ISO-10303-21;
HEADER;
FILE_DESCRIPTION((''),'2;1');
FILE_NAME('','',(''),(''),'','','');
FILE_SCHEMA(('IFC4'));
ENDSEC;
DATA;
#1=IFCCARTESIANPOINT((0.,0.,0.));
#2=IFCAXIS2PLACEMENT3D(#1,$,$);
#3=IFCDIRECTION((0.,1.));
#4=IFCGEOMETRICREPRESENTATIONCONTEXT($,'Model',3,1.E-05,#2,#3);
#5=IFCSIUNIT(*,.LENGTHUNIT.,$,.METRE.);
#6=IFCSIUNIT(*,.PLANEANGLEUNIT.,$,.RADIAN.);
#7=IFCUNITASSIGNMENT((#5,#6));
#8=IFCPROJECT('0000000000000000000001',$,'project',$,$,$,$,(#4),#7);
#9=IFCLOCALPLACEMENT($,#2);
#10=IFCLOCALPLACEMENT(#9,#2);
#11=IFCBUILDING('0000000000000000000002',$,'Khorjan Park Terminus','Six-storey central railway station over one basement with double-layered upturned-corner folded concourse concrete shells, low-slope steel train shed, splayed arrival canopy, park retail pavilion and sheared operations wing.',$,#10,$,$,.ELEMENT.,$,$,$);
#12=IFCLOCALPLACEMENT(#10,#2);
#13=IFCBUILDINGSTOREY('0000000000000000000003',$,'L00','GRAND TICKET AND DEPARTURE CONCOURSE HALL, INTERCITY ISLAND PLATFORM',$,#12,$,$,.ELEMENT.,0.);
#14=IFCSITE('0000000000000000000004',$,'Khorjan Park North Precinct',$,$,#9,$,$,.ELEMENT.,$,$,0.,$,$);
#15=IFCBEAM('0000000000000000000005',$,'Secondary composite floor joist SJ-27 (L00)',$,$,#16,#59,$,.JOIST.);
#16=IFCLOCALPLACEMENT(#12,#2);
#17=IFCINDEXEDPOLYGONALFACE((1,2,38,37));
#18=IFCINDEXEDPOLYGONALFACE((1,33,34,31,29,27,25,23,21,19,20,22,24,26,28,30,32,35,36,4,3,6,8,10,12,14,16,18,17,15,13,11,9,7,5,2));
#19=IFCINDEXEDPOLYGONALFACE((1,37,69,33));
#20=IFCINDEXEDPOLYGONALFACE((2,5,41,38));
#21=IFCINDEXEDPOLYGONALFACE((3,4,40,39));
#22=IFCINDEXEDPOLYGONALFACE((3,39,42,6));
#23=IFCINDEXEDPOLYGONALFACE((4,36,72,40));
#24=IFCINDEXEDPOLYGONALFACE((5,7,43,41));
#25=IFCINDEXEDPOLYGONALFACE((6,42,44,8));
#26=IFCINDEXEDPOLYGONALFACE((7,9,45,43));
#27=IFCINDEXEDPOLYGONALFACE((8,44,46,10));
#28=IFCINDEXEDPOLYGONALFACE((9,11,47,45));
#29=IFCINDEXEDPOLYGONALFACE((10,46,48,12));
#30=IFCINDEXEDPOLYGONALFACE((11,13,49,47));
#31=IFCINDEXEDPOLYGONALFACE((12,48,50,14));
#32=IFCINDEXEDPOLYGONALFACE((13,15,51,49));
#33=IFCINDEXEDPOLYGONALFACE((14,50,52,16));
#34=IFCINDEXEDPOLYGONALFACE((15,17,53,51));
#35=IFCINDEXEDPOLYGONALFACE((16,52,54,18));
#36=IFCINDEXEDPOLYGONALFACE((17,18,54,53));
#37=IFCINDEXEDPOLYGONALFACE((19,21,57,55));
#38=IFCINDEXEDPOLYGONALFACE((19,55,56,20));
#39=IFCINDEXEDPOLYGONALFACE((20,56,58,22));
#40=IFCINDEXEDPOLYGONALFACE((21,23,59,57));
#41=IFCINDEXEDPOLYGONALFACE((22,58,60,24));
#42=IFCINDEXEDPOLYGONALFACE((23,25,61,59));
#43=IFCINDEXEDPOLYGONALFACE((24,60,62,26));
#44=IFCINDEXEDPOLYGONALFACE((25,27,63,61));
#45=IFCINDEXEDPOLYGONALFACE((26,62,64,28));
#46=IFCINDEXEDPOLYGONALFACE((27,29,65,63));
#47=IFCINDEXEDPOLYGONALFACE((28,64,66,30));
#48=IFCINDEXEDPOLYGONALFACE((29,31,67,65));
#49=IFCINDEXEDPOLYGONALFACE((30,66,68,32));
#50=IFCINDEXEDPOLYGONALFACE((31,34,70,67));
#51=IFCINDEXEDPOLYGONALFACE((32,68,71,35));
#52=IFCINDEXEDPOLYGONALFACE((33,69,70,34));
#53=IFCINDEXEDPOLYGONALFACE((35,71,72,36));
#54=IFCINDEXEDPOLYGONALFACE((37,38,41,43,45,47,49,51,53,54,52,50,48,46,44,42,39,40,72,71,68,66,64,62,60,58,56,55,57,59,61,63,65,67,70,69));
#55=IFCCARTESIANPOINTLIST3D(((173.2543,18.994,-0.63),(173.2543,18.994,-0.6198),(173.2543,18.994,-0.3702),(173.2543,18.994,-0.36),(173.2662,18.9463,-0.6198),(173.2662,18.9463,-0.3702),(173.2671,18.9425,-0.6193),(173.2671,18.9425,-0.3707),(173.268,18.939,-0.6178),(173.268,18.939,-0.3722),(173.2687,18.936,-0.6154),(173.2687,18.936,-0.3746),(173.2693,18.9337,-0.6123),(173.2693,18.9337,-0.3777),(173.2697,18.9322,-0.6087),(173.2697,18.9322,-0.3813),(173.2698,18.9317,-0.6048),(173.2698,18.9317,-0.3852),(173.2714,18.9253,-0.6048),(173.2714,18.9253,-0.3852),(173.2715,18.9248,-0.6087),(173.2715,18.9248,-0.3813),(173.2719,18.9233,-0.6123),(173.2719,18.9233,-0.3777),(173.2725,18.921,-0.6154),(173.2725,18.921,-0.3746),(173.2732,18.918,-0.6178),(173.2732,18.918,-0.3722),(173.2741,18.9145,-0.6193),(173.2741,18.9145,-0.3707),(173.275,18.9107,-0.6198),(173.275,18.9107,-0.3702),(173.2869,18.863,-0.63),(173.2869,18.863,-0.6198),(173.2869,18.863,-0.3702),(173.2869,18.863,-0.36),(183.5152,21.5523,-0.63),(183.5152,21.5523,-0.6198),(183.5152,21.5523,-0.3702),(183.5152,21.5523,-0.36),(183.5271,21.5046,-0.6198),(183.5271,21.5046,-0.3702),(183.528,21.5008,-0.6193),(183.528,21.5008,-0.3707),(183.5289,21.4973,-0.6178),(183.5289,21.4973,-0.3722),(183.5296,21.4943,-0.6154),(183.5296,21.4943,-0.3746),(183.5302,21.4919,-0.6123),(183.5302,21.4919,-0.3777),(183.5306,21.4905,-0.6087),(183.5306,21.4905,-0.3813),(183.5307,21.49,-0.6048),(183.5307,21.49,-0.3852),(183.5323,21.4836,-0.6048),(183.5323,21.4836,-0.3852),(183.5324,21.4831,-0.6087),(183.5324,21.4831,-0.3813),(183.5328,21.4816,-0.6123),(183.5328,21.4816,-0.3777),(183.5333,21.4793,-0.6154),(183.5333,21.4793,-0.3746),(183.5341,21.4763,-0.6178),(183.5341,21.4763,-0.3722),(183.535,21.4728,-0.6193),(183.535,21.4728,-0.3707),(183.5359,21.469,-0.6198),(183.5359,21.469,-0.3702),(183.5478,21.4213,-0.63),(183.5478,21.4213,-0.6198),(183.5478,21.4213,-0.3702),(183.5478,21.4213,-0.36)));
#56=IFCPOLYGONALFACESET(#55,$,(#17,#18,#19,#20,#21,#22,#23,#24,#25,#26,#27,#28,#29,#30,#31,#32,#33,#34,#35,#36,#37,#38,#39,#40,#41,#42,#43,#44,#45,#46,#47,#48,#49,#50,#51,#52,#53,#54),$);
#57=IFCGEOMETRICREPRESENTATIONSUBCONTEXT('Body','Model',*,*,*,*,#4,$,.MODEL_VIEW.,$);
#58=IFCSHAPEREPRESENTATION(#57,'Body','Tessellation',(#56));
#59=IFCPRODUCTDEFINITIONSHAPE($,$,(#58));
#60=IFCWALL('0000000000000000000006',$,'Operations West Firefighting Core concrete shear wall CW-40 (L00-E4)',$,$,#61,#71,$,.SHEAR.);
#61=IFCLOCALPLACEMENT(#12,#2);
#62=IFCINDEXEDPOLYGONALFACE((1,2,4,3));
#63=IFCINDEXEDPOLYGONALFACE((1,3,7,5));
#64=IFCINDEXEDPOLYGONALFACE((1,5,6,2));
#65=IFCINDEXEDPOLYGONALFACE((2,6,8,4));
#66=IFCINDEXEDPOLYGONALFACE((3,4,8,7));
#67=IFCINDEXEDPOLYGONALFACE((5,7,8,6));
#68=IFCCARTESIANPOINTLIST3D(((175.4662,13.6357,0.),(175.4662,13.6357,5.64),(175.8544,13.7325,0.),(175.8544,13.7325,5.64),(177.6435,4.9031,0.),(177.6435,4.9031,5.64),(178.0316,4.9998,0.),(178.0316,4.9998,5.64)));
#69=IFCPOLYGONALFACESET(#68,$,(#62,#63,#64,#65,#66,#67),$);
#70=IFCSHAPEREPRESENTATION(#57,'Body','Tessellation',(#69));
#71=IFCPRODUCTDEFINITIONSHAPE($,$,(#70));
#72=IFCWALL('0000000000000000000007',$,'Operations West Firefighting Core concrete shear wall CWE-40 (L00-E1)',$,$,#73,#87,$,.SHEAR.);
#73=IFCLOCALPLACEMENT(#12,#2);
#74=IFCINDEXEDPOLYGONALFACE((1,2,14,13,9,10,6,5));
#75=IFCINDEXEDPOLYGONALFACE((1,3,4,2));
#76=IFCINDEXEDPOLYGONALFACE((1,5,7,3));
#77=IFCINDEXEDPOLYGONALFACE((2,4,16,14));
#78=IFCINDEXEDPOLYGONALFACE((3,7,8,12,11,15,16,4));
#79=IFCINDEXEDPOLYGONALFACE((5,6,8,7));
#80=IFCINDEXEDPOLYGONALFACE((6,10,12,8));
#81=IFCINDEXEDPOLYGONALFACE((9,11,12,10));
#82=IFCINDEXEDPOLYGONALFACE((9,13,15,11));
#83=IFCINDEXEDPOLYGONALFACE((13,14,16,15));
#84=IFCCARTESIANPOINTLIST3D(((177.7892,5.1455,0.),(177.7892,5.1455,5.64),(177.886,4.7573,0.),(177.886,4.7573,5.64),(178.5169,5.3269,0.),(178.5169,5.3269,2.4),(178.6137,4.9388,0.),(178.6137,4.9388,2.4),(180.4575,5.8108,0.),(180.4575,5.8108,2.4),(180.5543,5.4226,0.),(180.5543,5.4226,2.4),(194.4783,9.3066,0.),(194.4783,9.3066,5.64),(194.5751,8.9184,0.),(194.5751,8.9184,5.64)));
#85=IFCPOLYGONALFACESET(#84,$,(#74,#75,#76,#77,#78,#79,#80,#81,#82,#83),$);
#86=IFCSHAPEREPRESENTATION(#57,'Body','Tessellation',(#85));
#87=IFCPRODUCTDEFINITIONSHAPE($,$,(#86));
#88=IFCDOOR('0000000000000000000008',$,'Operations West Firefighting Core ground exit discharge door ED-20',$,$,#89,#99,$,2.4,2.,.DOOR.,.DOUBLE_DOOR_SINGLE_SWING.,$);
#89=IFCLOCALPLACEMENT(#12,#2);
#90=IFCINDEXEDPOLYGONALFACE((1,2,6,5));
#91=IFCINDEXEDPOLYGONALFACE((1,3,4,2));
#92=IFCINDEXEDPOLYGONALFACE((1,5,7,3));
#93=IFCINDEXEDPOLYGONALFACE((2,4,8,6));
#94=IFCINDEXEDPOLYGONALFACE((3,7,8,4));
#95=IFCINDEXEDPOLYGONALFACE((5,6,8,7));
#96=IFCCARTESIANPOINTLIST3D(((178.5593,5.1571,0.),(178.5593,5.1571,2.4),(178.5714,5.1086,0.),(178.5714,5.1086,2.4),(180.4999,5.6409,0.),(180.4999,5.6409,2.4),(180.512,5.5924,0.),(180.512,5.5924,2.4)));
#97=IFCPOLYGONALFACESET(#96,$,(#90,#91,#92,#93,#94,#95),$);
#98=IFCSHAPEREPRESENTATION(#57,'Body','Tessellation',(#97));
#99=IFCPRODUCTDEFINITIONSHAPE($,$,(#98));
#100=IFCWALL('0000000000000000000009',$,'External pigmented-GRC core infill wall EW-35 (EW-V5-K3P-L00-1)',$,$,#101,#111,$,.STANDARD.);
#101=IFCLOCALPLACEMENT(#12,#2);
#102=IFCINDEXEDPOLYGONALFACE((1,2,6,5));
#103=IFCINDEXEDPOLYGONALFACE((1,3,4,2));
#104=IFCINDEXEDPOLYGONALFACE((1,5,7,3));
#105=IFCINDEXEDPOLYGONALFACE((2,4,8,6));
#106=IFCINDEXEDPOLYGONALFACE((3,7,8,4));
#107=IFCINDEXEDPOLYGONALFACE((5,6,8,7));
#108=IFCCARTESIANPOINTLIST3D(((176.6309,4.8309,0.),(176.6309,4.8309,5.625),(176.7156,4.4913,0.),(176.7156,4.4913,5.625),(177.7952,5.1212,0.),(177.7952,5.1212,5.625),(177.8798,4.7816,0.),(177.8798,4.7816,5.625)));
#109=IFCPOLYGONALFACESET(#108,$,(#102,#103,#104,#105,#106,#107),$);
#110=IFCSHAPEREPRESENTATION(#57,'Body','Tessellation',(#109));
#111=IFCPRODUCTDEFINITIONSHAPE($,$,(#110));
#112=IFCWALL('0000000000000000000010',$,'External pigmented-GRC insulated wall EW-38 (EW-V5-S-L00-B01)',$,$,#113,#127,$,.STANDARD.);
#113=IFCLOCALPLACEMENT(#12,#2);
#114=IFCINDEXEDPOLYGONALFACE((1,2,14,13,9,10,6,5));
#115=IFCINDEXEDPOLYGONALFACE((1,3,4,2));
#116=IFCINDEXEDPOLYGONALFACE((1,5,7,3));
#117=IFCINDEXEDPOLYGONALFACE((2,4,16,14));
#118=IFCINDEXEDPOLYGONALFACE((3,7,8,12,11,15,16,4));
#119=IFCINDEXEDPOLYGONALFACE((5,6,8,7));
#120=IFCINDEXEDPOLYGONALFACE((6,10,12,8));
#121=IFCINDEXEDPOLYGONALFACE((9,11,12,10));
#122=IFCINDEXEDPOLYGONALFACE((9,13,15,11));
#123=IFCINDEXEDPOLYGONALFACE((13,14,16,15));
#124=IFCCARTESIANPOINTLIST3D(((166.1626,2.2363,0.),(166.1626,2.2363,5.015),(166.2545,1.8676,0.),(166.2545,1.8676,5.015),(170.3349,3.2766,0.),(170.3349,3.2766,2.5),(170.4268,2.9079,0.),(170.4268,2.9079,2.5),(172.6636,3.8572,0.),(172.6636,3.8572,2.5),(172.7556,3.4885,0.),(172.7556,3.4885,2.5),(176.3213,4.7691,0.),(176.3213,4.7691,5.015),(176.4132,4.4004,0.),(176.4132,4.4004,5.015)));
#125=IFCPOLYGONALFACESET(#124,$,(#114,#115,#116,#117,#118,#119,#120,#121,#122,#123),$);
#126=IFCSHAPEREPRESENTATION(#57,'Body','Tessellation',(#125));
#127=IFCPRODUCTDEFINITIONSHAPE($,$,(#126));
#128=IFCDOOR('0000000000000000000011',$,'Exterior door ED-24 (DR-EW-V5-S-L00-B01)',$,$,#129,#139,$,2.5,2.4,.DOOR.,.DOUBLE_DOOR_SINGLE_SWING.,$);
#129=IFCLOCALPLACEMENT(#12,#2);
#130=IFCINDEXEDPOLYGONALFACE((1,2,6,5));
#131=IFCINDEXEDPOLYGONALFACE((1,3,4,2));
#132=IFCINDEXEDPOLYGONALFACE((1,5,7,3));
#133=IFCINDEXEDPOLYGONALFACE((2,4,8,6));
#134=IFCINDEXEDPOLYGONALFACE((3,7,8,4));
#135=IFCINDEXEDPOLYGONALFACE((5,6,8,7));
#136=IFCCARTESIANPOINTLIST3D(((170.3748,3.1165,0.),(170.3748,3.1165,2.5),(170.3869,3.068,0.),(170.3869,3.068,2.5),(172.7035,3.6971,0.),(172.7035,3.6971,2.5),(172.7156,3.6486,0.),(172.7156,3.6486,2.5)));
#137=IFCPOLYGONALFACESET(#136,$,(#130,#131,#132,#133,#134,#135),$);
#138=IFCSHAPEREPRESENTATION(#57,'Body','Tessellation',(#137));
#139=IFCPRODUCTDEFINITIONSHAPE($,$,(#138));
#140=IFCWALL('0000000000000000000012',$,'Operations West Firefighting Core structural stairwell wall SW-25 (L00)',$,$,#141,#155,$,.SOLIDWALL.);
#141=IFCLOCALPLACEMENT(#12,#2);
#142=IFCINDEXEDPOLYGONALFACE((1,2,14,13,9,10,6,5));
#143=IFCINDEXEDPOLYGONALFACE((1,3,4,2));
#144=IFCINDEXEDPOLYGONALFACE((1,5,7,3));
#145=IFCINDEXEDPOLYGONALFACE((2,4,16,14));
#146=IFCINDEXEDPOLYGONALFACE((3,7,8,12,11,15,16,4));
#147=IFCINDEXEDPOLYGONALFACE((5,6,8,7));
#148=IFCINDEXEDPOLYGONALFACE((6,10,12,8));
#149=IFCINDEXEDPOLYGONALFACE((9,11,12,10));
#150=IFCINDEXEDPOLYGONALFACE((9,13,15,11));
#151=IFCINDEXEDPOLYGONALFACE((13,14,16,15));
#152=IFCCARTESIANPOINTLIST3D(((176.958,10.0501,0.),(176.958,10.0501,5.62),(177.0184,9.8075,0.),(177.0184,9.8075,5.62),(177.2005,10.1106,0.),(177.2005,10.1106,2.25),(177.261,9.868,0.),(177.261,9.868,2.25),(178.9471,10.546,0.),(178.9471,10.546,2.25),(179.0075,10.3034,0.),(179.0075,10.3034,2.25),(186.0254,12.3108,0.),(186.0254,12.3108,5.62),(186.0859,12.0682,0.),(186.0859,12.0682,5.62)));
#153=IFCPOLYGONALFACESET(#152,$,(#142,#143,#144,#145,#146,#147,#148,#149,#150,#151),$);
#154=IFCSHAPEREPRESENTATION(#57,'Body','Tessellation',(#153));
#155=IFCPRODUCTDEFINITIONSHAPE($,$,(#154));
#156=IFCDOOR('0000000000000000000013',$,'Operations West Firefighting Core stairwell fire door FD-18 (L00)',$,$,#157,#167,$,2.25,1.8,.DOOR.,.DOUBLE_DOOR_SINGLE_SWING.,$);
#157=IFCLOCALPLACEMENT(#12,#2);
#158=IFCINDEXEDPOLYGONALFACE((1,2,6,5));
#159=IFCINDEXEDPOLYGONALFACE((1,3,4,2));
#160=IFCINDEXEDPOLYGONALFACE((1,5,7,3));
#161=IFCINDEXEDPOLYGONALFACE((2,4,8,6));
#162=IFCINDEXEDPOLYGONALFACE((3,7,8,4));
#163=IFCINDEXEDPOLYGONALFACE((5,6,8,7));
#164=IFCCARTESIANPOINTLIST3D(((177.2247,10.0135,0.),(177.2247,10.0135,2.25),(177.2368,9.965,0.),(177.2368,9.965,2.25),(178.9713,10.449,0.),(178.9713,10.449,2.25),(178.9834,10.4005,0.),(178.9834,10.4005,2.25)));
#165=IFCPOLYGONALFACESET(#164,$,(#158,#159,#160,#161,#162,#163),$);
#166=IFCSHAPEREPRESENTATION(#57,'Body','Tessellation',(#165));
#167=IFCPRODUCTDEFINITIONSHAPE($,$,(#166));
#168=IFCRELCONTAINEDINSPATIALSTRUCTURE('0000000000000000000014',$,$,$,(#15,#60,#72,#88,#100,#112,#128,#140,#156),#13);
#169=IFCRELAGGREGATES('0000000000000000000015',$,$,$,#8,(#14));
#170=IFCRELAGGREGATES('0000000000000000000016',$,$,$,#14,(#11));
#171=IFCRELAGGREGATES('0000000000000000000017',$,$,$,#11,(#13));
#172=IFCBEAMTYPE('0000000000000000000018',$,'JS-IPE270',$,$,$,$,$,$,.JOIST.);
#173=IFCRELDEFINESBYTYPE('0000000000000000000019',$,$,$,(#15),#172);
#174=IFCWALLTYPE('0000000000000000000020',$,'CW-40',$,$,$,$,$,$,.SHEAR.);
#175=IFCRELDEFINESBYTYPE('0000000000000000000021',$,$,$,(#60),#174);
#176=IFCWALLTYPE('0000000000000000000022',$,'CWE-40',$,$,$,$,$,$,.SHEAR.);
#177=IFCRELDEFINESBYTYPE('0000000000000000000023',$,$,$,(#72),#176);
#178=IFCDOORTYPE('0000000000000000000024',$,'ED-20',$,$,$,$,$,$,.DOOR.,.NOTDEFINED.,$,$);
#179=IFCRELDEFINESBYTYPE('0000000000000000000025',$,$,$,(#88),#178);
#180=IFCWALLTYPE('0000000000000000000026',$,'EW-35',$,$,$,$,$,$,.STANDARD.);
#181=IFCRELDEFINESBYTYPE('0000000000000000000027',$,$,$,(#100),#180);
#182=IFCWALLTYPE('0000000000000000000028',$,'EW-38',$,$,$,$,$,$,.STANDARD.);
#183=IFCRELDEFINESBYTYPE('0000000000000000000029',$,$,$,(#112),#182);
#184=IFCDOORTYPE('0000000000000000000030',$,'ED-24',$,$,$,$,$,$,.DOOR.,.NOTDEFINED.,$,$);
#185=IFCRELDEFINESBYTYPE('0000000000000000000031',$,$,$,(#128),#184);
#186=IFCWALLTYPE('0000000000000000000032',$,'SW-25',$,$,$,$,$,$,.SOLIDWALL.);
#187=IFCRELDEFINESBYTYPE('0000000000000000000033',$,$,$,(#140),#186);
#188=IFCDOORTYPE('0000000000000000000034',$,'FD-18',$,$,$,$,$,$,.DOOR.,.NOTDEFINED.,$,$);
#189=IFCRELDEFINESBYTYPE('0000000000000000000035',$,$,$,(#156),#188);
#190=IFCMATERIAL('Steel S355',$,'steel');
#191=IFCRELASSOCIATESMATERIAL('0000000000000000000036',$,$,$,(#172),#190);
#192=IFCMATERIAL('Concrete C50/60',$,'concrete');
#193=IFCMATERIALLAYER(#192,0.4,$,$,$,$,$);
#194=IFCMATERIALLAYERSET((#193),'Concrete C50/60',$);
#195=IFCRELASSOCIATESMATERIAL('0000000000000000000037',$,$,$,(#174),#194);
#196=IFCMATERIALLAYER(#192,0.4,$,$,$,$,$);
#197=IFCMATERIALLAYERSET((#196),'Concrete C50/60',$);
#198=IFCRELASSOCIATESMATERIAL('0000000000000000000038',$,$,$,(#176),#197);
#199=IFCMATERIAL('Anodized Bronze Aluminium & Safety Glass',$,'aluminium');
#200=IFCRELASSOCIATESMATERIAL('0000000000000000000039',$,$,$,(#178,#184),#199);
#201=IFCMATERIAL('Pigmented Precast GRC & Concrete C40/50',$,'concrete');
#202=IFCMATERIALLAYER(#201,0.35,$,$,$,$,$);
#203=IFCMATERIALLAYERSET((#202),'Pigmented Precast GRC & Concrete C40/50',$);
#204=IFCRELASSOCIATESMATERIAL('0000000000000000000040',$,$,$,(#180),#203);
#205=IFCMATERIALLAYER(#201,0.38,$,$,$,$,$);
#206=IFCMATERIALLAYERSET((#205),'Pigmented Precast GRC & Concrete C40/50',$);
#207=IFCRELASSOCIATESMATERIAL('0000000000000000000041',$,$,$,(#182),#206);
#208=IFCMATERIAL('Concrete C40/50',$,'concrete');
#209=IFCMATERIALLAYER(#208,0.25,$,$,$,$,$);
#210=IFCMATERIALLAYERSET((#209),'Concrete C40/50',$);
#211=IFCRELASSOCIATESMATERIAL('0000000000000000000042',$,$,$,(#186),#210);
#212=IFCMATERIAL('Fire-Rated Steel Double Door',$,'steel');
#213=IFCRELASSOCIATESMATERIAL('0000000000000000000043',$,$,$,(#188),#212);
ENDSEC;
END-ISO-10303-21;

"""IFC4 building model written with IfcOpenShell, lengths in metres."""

from ifc_helpers import new_model, si_unit, direction, frame, frame_2d, origin, origin_2d, place, context, subcontext, project, spatial, rectangle, i_section, extrude, material, layer, layer_set, material_profile, profile_set, type_object, element, fill, save


model = new_model("IFC4")

# Units and contexts
model_context = context("Model", 3, precision=1e-05, world=origin(), true_north=direction((0.0, 1.0)))
body_context = subcontext(model_context, "Body", "Model", "MODEL_VIEW")
ifc_project = project(units=[si_unit("LENGTHUNIT", "METRE"), si_unit("PLANEANGLEUNIT", "RADIAN")], contexts=[model_context])

# Site, building, storey
site_placement = place(None, origin())
site = spatial("IfcSite", under=ifc_project, at=site_placement, Name="Khorjan Park North Precinct", CompositionType="ELEMENT", RefElevation=0.0)
building_placement = place(site_placement, origin())
building = spatial("IfcBuilding", under=site, at=building_placement, Name="Khorjan Park Terminus", Description="Six-storey central railway station over one basement with double-layered upturned-corner folded concourse concrete shells, low-slope steel train shed, splayed arrival canopy, park retail pavilion and sheared operations wing.", CompositionType="ELEMENT")
storey_placement = place(building_placement, origin())
storey = spatial("IfcBuildingStorey", under=building, at=storey_placement, Name="L00", Description="GRAND TICKET AND DEPARTURE CONCOURSE HALL, INTERCITY ISLAND PLATFORM", CompositionType="ELEMENT", Elevation=0.0)

# Shared definitions
ifc_material_1 = material(Name="Concrete C50/60", Category="concrete")

# Beam
ifc_material_2 = material(Name="Steel S355", Category="steel")
ifc_material_3 = material(Name="Concrete C40/50", Category="concrete")
ifc_material_profile_1 = material_profile(ifc_material_2, i_section(OverallWidth=0.135, OverallDepth=0.27, WebThickness=0.0066, FlangeThickness=0.0102, FilletRadius=0.015, at=origin_2d()), Name="IPE 270")
ifc_profile_set_1 = profile_set([ifc_material_profile_1], Name="Steel S355")
beam_type_1 = type_object("IfcBeamType", Name="JS-IPE270", PredefinedType="JOIST", material=ifc_profile_set_1)
beam_1_placement = place(storey_placement, frame((173.2706, 18.9285, -0.495), z_axis=(0.970296, 0.241919, 0.0), x_axis=(-0.241919, 0.970296, 0.0)))
element("IfcBeam", 1, at=beam_1_placement, inside=storey, type_object=beam_type_1, Name="Secondary composite floor joist SJ-27 (L00)", PredefinedType="JOIST", context=body_context, shape_type="SweptSolid", body=[
    extrude(i_section(OverallWidth=0.135, OverallDepth=0.27, WebThickness=0.0066, FlangeThickness=0.0102, FilletRadius=0.015, at=origin_2d()), origin(), (0.0, 0.0, 1.0), 10.575),
])

# Wall
ifc_layer_1 = layer(ifc_material_1, 0.4)
ifc_layer_set_1 = layer_set([ifc_layer_1], Name="Concrete C50/60")
wall_type_1 = type_object("IfcWallType", Name="CW-40", PredefinedType="SHEAR", material=ifc_layer_set_1)
wall_1_placement = place(storey_placement, frame((175.6603, 13.6841, 0.0), z_axis=(0.0, 0.0, 1.0), x_axis=(0.241921, -0.970296, 0.0)))
element("IfcWall", 2, at=wall_1_placement, inside=storey, type_object=wall_type_1, Name="Operations West Firefighting Core concrete shear wall CW-40 (L00-E4)", PredefinedType="SHEAR", context=body_context, shape_type="SweptSolid", body=[
    extrude(rectangle(XDim=9.0, YDim=0.4, at=frame_2d((4.5, 0.0))), origin(), (0.0, 0.0, 1.0), 5.64),
])

# Wall, opening, door
ifc_layer_2 = layer(ifc_material_1, 0.4)
ifc_layer_set_2 = layer_set([ifc_layer_2], Name="Concrete C50/60")
wall_type_2 = type_object("IfcWallType", Name="CWE-40", PredefinedType="SHEAR", material=ifc_layer_set_2)
wall_2_placement = place(storey_placement, frame((177.8376, 4.9514, 0.0), z_axis=(0.0, 0.0, 1.0), x_axis=(0.970295, 0.241924, 0.0)))
wall_2 = element("IfcWall", 3, at=wall_2_placement, inside=storey, type_object=wall_type_2, Name="Operations West Firefighting Core concrete shear wall CWE-40 (L00-E1)", PredefinedType="SHEAR", context=body_context, shape_type="SweptSolid", body=[
    extrude(rectangle(XDim=17.2, YDim=0.4, at=frame_2d((8.6, 0.0))), origin(), (0.0, 0.0, 1.0), 5.64),
])
opening_1_placement = place(wall_2_placement, frame((0.75, 0.0, 0.0)))
opening_1 = element("IfcOpeningElement", 4, at=opening_1_placement, cuts=wall_2, PredefinedType="OPENING", context=body_context, shape_type="SweptSolid", body=[
    extrude(rectangle(XDim=2.0, YDim=2.4, at=frame_2d((1.0, 1.2))), frame((0.0, 0.21, 0.0), z_axis=(0.0, -1.0, 0.0), x_axis=(1.0, 0.0, 0.0)), (0.0, 0.0, 1.0), 0.42),
])
ifc_material_4 = material(Name="Anodized Bronze Aluminium & Safety Glass", Category="aluminium")
door_type_1 = type_object("IfcDoorType", Name="ED-20", OperationType="NOTDEFINED", PredefinedType="DOOR", material=ifc_material_4)
door_1_placement = place(opening_1_placement, frame((2.0, 0.0, 0.0), z_axis=(0.0, 0.0, 1.0), x_axis=(-1.0, 0.0, 0.0)))
door_1 = element("IfcDoor", 5, at=door_1_placement, inside=storey, type_object=door_type_1, Name="Operations West Firefighting Core ground exit discharge door ED-20", OperationType="DOUBLE_DOOR_SINGLE_SWING", OverallHeight=2.4, OverallWidth=2.0, PredefinedType="DOOR", context=body_context, shape_type="SweptSolid", body=[
    extrude(rectangle(XDim=2.0, YDim=2.4, at=frame_2d((1.0, 1.2))), frame((0.0, 0.025, 0.0), z_axis=(0.0, -1.0, 0.0), x_axis=(1.0, 0.0, 0.0)), (0.0, 0.0, 1.0), 0.05),
])
fill(opening_1, door_1)

# Wall
ifc_material_5 = material(Name="Pigmented Precast GRC & Concrete C40/50", Category="concrete")
ifc_layer_3 = layer(ifc_material_5, 0.35)
ifc_layer_set_3 = layer_set([ifc_layer_3], Name="Pigmented Precast GRC & Concrete C40/50")
wall_type_3 = type_object("IfcWallType", Name="EW-35", PredefinedType="STANDARD", material=ifc_layer_set_3)
wall_3_placement = place(storey_placement, frame((176.6733, 4.6611, 0.0), z_axis=(0.0, 0.0, 1.0), x_axis=(0.970294, 0.241928, 0.0)))
element("IfcWall", 6, at=wall_3_placement, inside=storey, type_object=wall_type_3, Name="External pigmented-GRC core infill wall EW-35 (EW-V5-K3P-L00-1)", PredefinedType="STANDARD", context=body_context, shape_type="SweptSolid", body=[
    extrude(rectangle(XDim=1.1999, YDim=0.35, at=frame_2d((0.5999, 0.0))), origin(), (0.0, 0.0, 1.0), 5.625),
])

# Walls, openings, doors
ifc_layer_4 = layer(ifc_material_5, 0.38)
ifc_layer_set_4 = layer_set([ifc_layer_4], Name="Pigmented Precast GRC & Concrete C40/50")
wall_type_4 = type_object("IfcWallType", Name="EW-38", PredefinedType="STANDARD", material=ifc_layer_set_4)
wall_4_placement = place(storey_placement, frame((166.2086, 2.052, 0.0), z_axis=(0.0, 0.0, 1.0), x_axis=(0.970297, 0.241918, 0.0)))
wall_4 = element("IfcWall", 7, at=wall_4_placement, inside=storey, type_object=wall_type_4, Name="External pigmented-GRC insulated wall EW-38 (EW-V5-S-L00-B01)", PredefinedType="STANDARD", context=body_context, shape_type="SweptSolid", body=[
    extrude(rectangle(XDim=10.4697, YDim=0.38, at=frame_2d((5.2348, 0.0))), origin(), (0.0, 0.0, 1.0), 5.015),
])
opening_2_placement = place(wall_4_placement, frame((4.3, 0.0, 0.0)))
opening_2 = element("IfcOpeningElement", 8, at=opening_2_placement, cuts=wall_4, PredefinedType="OPENING", context=body_context, shape_type="SweptSolid", body=[
    extrude(rectangle(XDim=2.4, YDim=2.5, at=frame_2d((1.2, 1.25))), frame((0.0, 0.2, 0.0), z_axis=(0.0, -1.0, 0.0), x_axis=(1.0, 0.0, 0.0)), (0.0, 0.0, 1.0), 0.4),
])
door_type_2 = type_object("IfcDoorType", Name="ED-24", OperationType="NOTDEFINED", PredefinedType="DOOR", material=ifc_material_4)
door_2_placement = place(opening_2_placement, origin())
door_2 = element("IfcDoor", 9, at=door_2_placement, inside=storey, type_object=door_type_2, Name="Exterior door ED-24 (DR-EW-V5-S-L00-B01)", OperationType="DOUBLE_DOOR_SINGLE_SWING", OverallHeight=2.5, OverallWidth=2.4, PredefinedType="DOOR", context=body_context, shape_type="SweptSolid", body=[
    extrude(rectangle(XDim=2.4, YDim=2.5, at=frame_2d((1.2, 1.25))), frame((0.0, 0.025, 0.0), z_axis=(0.0, -1.0, 0.0), x_axis=(1.0, 0.0, 0.0)), (0.0, 0.0, 1.0), 0.05),
])
fill(opening_2, door_2)
ifc_layer_5 = layer(ifc_material_3, 0.25)
ifc_layer_set_5 = layer_set([ifc_layer_5], Name="Concrete C40/50")
wall_type_5 = type_object("IfcWallType", Name="SW-25", PredefinedType="SOLIDWALL", material=ifc_layer_set_5)
wall_5_placement = place(storey_placement, frame((176.9882, 9.9288, 0.0), z_axis=(0.0, 0.0, 1.0), x_axis=(0.970297, 0.241916, 0.0)))
wall_5 = element("IfcWall", 10, at=wall_5_placement, inside=storey, type_object=wall_type_5, Name="Operations West Firefighting Core structural stairwell wall SW-25 (L00)", PredefinedType="SOLIDWALL", context=body_context, shape_type="SweptSolid", body=[
    extrude(rectangle(XDim=9.345, YDim=0.25, at=frame_2d((4.6725, 0.0))), origin(), (0.0, 0.0, 1.0), 5.62),
])
opening_3_placement = place(wall_5_placement, frame((0.25, 0.0, 0.0)))
opening_3 = element("IfcOpeningElement", 11, at=opening_3_placement, cuts=wall_5, PredefinedType="OPENING", context=body_context, shape_type="SweptSolid", body=[
    extrude(rectangle(XDim=1.8, YDim=2.25, at=frame_2d((0.9, 1.125))), frame((0.0, 0.135, 0.0), z_axis=(0.0, -1.0, 0.0), x_axis=(1.0, 0.0, 0.0)), (0.0, 0.0, 1.0), 0.27),
])
ifc_material_6 = material(Name="Fire-Rated Steel Double Door", Category="steel")
door_type_3 = type_object("IfcDoorType", Name="FD-18", OperationType="NOTDEFINED", PredefinedType="DOOR", material=ifc_material_6)
door_3_placement = place(opening_3_placement, origin())
door_3 = element("IfcDoor", 12, at=door_3_placement, inside=storey, type_object=door_type_3, Name="Operations West Firefighting Core stairwell fire door FD-18 (L00)", OperationType="DOUBLE_DOOR_SINGLE_SWING", OverallHeight=2.25, OverallWidth=1.8, PredefinedType="DOOR", context=body_context, shape_type="SweptSolid", body=[
    extrude(rectangle(XDim=1.8, YDim=2.25, at=frame_2d((0.9, 1.125))), frame((0.0, 0.025, 0.0), z_axis=(0.0, -1.0, 0.0), x_axis=(1.0, 0.0, 0.0)), (0.0, 0.0, 1.0), 0.05),
])
fill(opening_3, door_3)

save(model, "model.ifc")
